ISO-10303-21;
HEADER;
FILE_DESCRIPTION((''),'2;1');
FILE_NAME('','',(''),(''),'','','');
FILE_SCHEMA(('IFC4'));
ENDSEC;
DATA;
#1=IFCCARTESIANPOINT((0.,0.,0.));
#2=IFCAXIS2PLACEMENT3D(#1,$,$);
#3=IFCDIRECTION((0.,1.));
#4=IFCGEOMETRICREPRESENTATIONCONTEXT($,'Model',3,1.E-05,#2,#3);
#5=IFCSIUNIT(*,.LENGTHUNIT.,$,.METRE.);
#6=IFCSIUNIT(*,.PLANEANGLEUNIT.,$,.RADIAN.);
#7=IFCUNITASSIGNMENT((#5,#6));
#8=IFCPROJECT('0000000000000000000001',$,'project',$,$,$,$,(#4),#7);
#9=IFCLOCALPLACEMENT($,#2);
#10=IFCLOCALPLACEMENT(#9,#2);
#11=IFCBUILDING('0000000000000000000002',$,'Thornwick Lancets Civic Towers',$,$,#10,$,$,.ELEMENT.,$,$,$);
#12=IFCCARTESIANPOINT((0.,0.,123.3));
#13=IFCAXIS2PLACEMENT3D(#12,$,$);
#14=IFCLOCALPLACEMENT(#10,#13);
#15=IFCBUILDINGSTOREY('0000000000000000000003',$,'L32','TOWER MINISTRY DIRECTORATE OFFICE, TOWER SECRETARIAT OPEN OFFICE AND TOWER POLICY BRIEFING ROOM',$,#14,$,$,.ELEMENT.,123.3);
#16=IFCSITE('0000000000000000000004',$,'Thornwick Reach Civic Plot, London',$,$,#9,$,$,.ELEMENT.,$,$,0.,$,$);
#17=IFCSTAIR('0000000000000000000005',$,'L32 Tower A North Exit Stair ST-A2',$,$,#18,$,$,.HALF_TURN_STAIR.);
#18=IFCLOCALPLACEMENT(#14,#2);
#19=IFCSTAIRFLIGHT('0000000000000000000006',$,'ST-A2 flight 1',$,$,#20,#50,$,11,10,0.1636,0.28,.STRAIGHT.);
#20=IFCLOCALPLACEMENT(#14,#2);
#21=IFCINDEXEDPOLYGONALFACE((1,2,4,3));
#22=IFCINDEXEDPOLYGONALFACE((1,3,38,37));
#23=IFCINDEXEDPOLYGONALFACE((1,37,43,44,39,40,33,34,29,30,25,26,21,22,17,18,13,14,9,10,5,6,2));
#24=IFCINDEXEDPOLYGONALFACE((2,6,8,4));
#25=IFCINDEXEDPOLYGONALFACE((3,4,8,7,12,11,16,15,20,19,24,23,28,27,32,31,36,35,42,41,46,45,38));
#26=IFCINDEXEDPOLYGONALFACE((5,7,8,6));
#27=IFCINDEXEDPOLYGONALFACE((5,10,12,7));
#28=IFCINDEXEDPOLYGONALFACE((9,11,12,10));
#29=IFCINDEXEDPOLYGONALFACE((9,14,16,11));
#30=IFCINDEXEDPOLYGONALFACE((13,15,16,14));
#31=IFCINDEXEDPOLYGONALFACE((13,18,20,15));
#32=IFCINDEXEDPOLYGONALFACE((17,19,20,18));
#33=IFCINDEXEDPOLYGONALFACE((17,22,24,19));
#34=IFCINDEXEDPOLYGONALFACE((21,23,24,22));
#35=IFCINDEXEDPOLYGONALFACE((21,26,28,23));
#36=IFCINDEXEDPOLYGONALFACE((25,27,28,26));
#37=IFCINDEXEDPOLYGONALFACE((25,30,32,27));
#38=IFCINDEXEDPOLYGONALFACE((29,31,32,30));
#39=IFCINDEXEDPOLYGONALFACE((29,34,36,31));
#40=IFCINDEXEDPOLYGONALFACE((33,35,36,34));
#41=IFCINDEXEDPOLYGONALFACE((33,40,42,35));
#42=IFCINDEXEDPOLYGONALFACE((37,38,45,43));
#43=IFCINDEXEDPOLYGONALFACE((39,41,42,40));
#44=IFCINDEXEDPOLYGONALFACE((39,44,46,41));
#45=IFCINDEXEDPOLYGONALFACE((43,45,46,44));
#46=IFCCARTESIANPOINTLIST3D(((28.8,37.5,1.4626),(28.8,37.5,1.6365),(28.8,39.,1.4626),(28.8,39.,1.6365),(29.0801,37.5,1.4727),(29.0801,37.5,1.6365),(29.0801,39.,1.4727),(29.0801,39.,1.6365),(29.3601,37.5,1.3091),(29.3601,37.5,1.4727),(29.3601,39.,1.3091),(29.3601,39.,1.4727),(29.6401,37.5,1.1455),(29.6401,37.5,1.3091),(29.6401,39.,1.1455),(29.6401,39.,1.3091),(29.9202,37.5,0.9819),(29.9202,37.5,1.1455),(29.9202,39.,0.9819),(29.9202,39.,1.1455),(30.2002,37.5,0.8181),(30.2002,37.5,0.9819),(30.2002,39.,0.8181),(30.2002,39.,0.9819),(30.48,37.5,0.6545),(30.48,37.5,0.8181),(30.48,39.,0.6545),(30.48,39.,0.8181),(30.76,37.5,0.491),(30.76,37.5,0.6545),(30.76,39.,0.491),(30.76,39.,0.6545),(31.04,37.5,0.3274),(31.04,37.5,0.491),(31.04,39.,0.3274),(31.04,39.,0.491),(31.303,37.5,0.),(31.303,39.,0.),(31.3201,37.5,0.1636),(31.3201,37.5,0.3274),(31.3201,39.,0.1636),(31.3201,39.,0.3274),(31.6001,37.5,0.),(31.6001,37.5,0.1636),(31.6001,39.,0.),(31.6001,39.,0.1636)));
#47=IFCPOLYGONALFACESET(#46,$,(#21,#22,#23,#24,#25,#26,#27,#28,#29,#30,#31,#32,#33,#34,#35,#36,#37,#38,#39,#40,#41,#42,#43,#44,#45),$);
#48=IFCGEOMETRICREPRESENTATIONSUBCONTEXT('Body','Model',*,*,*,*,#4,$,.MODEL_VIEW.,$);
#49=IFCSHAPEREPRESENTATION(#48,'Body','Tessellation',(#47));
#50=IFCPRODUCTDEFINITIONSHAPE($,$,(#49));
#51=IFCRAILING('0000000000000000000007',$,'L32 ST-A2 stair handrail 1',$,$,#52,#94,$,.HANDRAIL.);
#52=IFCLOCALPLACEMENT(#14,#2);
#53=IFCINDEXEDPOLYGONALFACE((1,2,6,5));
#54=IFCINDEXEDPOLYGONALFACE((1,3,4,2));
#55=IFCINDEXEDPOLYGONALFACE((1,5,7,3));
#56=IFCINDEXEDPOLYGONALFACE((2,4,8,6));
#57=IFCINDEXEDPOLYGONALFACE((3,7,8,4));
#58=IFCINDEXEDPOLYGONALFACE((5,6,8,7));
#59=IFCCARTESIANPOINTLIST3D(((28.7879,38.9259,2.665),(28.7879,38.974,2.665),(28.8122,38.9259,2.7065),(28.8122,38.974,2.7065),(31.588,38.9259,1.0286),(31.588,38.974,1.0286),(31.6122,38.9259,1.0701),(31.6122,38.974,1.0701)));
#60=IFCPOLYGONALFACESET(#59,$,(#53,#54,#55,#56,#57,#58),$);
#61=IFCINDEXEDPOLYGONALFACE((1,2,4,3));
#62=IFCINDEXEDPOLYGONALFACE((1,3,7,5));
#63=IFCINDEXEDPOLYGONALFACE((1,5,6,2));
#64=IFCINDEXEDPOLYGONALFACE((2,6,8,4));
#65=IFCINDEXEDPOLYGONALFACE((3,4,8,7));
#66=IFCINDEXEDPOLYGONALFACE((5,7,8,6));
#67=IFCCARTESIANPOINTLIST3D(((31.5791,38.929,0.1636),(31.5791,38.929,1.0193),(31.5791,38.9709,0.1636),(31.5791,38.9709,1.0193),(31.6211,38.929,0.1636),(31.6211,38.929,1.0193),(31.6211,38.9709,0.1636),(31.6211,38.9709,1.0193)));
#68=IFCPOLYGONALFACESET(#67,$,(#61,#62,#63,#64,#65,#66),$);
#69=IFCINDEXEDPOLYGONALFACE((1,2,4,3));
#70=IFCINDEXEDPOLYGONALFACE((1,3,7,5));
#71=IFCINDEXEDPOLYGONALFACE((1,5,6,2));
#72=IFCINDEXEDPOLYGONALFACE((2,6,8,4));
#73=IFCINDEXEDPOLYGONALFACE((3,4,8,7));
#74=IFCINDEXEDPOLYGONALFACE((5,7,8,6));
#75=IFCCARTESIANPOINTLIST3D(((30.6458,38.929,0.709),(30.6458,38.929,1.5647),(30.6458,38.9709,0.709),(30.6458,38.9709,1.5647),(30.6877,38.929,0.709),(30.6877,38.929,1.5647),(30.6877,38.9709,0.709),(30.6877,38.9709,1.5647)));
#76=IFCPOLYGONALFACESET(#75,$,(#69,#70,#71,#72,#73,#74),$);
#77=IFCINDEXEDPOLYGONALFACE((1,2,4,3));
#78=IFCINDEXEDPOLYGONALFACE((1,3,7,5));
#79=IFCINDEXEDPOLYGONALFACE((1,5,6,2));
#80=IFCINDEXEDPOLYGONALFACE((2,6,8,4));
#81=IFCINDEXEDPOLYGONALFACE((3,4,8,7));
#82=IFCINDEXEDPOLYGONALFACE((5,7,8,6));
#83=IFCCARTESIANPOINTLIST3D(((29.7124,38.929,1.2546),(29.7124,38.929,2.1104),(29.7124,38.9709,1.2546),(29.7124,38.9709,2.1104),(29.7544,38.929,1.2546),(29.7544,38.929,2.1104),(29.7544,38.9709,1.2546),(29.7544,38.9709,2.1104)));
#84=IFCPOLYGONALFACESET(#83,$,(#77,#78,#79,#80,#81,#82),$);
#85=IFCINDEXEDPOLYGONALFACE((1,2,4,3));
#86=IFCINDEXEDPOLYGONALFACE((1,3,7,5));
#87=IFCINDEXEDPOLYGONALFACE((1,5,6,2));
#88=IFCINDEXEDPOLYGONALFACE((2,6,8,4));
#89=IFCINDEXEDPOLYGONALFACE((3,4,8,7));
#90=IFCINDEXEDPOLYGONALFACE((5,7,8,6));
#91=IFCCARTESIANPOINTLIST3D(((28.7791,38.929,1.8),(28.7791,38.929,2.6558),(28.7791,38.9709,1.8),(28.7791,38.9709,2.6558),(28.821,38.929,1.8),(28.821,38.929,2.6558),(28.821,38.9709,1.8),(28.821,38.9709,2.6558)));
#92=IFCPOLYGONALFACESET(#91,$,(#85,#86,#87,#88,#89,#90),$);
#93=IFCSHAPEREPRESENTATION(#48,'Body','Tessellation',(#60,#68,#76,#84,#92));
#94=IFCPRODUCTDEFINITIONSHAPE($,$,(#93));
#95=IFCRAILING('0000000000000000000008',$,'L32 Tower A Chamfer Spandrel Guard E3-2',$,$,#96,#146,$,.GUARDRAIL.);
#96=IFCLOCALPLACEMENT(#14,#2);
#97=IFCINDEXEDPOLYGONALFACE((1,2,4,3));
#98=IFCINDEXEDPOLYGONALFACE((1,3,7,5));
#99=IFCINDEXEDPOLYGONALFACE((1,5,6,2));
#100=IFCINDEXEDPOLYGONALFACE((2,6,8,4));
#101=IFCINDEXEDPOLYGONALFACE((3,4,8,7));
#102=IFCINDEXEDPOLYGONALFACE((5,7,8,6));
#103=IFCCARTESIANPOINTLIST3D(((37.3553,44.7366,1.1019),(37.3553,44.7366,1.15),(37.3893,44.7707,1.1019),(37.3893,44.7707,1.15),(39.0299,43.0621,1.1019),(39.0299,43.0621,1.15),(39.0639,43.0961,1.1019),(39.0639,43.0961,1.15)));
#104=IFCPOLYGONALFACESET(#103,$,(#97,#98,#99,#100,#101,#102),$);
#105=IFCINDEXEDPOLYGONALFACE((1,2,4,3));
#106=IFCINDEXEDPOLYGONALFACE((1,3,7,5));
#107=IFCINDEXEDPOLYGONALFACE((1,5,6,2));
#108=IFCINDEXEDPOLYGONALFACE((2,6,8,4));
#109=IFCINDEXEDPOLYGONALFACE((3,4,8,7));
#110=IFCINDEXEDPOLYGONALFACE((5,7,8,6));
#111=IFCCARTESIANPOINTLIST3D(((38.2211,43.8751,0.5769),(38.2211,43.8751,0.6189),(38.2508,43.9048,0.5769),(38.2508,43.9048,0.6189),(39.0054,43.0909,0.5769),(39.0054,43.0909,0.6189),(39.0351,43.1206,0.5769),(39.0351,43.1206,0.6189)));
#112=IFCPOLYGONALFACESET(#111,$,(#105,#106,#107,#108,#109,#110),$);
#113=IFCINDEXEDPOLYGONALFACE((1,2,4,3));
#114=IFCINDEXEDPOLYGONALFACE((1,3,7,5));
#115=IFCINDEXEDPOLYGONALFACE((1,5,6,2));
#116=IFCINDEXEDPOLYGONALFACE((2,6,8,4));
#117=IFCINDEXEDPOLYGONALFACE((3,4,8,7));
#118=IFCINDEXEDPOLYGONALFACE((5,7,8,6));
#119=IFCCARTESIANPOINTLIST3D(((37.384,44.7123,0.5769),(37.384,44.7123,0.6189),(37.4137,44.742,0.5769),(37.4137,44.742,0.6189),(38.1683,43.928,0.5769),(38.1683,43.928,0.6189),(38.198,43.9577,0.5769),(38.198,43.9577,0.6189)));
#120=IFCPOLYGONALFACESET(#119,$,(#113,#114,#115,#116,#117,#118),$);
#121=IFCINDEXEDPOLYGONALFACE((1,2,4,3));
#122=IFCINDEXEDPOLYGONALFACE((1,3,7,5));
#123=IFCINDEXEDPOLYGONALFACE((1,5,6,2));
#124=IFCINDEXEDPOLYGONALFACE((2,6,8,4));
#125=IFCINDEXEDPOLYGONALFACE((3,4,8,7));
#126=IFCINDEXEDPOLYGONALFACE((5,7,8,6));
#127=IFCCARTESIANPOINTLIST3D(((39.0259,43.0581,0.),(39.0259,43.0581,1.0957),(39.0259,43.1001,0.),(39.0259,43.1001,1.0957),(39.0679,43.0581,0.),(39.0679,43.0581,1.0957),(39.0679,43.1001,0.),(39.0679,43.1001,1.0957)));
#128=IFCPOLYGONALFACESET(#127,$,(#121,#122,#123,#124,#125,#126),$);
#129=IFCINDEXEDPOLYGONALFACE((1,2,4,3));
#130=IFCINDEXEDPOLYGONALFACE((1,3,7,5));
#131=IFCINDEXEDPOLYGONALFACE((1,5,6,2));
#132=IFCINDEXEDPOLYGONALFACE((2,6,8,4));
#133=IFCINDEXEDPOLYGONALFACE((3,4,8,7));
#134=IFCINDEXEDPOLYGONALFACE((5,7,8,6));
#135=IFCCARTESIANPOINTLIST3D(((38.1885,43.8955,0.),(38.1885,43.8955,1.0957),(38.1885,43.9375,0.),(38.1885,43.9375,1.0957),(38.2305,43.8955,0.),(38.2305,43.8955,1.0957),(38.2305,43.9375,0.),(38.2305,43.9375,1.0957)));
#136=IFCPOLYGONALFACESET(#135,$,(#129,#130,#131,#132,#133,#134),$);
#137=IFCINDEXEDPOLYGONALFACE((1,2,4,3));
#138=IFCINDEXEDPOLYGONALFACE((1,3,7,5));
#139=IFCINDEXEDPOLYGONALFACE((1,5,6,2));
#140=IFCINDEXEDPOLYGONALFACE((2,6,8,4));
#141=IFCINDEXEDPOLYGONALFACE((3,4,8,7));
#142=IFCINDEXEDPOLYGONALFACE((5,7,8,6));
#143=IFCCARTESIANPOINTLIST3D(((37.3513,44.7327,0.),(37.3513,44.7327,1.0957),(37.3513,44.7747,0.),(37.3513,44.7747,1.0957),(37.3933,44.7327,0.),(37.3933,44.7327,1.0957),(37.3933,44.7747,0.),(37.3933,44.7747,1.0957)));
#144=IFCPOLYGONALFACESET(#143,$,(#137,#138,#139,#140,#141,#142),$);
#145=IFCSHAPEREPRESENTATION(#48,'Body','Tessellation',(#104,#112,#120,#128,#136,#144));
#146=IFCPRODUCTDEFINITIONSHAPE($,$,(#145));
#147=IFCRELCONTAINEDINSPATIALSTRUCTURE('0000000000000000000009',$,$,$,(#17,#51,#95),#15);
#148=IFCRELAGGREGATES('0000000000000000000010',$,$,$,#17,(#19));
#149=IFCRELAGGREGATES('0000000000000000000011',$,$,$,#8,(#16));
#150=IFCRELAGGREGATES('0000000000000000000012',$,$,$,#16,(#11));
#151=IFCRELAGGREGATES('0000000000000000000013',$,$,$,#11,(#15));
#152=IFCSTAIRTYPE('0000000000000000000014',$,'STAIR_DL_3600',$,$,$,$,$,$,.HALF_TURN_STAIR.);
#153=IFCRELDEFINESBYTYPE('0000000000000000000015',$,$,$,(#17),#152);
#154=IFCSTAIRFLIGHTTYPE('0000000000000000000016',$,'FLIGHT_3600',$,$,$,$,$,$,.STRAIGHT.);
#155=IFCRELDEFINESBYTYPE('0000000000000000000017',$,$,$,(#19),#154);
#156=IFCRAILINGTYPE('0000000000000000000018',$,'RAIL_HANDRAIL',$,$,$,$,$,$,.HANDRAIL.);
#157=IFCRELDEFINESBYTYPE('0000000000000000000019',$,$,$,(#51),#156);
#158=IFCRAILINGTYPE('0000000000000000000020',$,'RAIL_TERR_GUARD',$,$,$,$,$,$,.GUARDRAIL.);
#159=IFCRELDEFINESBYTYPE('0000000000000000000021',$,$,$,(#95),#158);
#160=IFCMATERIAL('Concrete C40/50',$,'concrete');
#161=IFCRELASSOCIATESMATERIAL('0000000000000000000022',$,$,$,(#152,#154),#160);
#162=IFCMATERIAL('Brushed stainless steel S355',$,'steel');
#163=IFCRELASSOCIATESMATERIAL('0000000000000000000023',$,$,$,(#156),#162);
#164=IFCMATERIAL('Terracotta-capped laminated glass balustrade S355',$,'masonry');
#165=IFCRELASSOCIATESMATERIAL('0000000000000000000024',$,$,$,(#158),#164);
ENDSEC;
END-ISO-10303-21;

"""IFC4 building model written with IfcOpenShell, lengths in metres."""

from ifc_helpers import new_model, si_unit, direction, frame, origin, origin_2d, place, context, subcontext, project, spatial, polyline, rectangle, outline, extrude, material, type_object, element, aggregate, save


model = new_model("IFC4")

# Units and contexts
model_context = context("Model", 3, precision=1e-05, world=origin(), true_north=direction((0.0, 1.0)))
body_context = subcontext(model_context, "Body", "Model", "MODEL_VIEW")
ifc_project = project(units=[si_unit("LENGTHUNIT", "METRE"), si_unit("PLANEANGLEUNIT", "RADIAN")], contexts=[model_context])

# Site, building, storey
site_placement = place(None, origin())
site = spatial("IfcSite", under=ifc_project, at=site_placement, Name="Thornwick Reach Civic Plot, London", CompositionType="ELEMENT", RefElevation=0.0)
building_placement = place(site_placement, origin())
building = spatial("IfcBuilding", under=site, at=building_placement, Name="Thornwick Lancets Civic Towers", CompositionType="ELEMENT")
storey_placement = place(building_placement, frame((0.0, 0.0, 123.3)))
storey = spatial("IfcBuildingStorey", under=building, at=storey_placement, Name="L32", Description="TOWER MINISTRY DIRECTORATE OFFICE, TOWER SECRETARIAT OPEN OFFICE AND TOWER POLICY BRIEFING ROOM", CompositionType="ELEMENT", Elevation=123.3)

# Shared definitions
ifc_material_1 = material(Name="Concrete C40/50", Category="concrete")

# Stair, stair flight
stair_type = type_object("IfcStairType", Name="STAIR_DL_3600", PredefinedType="HALF_TURN_STAIR", material=ifc_material_1)
stair_placement = place(storey_placement, origin())
stair = element("IfcStair", 1, at=stair_placement, inside=storey, type_object=stair_type, Name="L32 Tower A North Exit Stair ST-A2", PredefinedType="HALF_TURN_STAIR")
stair_flight_type = type_object("IfcStairFlightType", Name="FLIGHT_3600", PredefinedType="STRAIGHT", material=ifc_material_1)
stair_flight_placement = place(storey_placement, frame((31.6001, 38.25, 0.0), z_axis=(0.0, 0.0, 1.0), x_axis=(-1.0, 0.0, 0.0)))
stair_flight = element("IfcStairFlight", 2, at=stair_flight_placement, type_object=stair_flight_type, Name="ST-A2 flight 1", NumberOfRisers=11, NumberOfTreads=10, PredefinedType="STRAIGHT", RiserHeight=0.1636, TreadLength=0.28, context=body_context, shape_type="SweptSolid", body=[
    extrude(outline(polyline([(0.0, 0.0), (0.0, 0.1636), (0.28, 0.1636), (0.28, 0.3274), (0.5601, 0.3274), (0.5601, 0.491), (0.8401, 0.491), (0.8401, 0.6545), (1.1201, 0.6545), (1.1201, 0.8181), (1.3999, 0.8181), (1.3999, 0.9819), (1.6799, 0.9819), (1.6799, 1.1455), (1.96, 1.1455), (1.96, 1.3091), (2.24, 1.3091), (2.24, 1.4727), (2.52, 1.4727), (2.52, 1.6365), (2.8, 1.6365), (2.8, 1.8), (2.8, 1.4626), (0.2971, 0.0), (0.0, 0.0)])), frame((0.0, 0.75, 0.0), z_axis=(0.0, -1.0, 0.0), x_axis=(1.0, 0.0, 0.0)), (0.0, 0.0, 1.0), 1.5),
])
aggregate(stair, [stair_flight])

# Railings
ifc_material_2 = material(Name="Brushed stainless steel S355", Category="steel")
railing_type_1 = type_object("IfcRailingType", Name="RAIL_HANDRAIL", PredefinedType="HANDRAIL", material=ifc_material_2)
railing_1_placement = place(storey_placement, frame((31.6001, 38.95, 0.1636)))
element("IfcRailing", 3, at=railing_1_placement, inside=storey, type_object=railing_type_1, Name="L32 ST-A2 stair handrail 1", PredefinedType="HANDRAIL", context=body_context, shape_type="SweptSolid", body=[
    extrude(rectangle(XDim=0.0481, YDim=0.0481, at=origin_2d()), frame((0.0, 0.0, 0.8857), z_axis=(-0.863361, 0.0, 0.504587), x_axis=(0.0, -1.0, 0.0)), (0.0, 0.0, 1.0), 3.2432),
    extrude(rectangle(XDim=0.042, YDim=0.042, at=origin_2d()), origin(), (0.0, 0.0, 1.0), 0.8557),
    extrude(rectangle(XDim=0.042, YDim=0.042, at=origin_2d()), frame((-0.9333, 0.0, 0.5454)), (0.0, 0.0, 1.0), 0.8557),
    extrude(rectangle(XDim=0.042, YDim=0.042, at=origin_2d()), frame((-1.8667, 0.0, 1.0911)), (0.0, 0.0, 1.0), 0.8557),
    extrude(rectangle(XDim=0.042, YDim=0.042, at=origin_2d()), frame((-2.8, 0.0, 1.6365)), (0.0, 0.0, 1.0), 0.8557),
])
ifc_material_3 = material(Name="Terracotta-capped laminated glass balustrade S355", Category="masonry")
railing_type_2 = type_object("IfcRailingType", Name="RAIL_TERR_GUARD", PredefinedType="GUARDRAIL", material=ifc_material_3)
railing_2_placement = place(storey_placement, frame((39.0469, 43.0791, 0.0)))
element("IfcRailing", 4, at=railing_2_placement, inside=storey, type_object=railing_type_2, Name="L32 Tower A Chamfer Spandrel Guard E3-2", PredefinedType="GUARDRAIL", context=body_context, shape_type="SweptSolid", body=[
    extrude(rectangle(XDim=0.0481, YDim=0.0481, at=origin_2d()), frame((0.0, 0.0, 1.126), z_axis=(-0.707107, 0.707107, 0.0), x_axis=(-0.707107, -0.707107, 0.0)), (0.0, 0.0, 1.0), 2.3682),
    extrude(rectangle(XDim=0.042, YDim=0.042, at=origin_2d()), frame((-0.0266, 0.0266, 0.5979), z_axis=(-0.707107, 0.707107, 0.0), x_axis=(-0.707107, -0.707107, 0.0)), (0.0, 0.0, 1.0), 1.1091),
    extrude(rectangle(XDim=0.042, YDim=0.042, at=origin_2d()), frame((-0.8638, 0.8638, 0.5979), z_axis=(-0.707107, 0.707107, 0.0), x_axis=(-0.707107, -0.707107, 0.0)), (0.0, 0.0, 1.0), 1.1091),
    extrude(rectangle(XDim=0.042, YDim=0.042, at=origin_2d()), origin(), (0.0, 0.0, 1.0), 1.0957),
    extrude(rectangle(XDim=0.042, YDim=0.042, at=origin_2d()), frame((-0.8374, 0.8374, 0.0)), (0.0, 0.0, 1.0), 1.0957),
    extrude(rectangle(XDim=0.042, YDim=0.042, at=origin_2d()), frame((-1.6746, 1.6746, 0.0)), (0.0, 0.0, 1.0), 1.0957),
])

save(model, "model.ifc")
